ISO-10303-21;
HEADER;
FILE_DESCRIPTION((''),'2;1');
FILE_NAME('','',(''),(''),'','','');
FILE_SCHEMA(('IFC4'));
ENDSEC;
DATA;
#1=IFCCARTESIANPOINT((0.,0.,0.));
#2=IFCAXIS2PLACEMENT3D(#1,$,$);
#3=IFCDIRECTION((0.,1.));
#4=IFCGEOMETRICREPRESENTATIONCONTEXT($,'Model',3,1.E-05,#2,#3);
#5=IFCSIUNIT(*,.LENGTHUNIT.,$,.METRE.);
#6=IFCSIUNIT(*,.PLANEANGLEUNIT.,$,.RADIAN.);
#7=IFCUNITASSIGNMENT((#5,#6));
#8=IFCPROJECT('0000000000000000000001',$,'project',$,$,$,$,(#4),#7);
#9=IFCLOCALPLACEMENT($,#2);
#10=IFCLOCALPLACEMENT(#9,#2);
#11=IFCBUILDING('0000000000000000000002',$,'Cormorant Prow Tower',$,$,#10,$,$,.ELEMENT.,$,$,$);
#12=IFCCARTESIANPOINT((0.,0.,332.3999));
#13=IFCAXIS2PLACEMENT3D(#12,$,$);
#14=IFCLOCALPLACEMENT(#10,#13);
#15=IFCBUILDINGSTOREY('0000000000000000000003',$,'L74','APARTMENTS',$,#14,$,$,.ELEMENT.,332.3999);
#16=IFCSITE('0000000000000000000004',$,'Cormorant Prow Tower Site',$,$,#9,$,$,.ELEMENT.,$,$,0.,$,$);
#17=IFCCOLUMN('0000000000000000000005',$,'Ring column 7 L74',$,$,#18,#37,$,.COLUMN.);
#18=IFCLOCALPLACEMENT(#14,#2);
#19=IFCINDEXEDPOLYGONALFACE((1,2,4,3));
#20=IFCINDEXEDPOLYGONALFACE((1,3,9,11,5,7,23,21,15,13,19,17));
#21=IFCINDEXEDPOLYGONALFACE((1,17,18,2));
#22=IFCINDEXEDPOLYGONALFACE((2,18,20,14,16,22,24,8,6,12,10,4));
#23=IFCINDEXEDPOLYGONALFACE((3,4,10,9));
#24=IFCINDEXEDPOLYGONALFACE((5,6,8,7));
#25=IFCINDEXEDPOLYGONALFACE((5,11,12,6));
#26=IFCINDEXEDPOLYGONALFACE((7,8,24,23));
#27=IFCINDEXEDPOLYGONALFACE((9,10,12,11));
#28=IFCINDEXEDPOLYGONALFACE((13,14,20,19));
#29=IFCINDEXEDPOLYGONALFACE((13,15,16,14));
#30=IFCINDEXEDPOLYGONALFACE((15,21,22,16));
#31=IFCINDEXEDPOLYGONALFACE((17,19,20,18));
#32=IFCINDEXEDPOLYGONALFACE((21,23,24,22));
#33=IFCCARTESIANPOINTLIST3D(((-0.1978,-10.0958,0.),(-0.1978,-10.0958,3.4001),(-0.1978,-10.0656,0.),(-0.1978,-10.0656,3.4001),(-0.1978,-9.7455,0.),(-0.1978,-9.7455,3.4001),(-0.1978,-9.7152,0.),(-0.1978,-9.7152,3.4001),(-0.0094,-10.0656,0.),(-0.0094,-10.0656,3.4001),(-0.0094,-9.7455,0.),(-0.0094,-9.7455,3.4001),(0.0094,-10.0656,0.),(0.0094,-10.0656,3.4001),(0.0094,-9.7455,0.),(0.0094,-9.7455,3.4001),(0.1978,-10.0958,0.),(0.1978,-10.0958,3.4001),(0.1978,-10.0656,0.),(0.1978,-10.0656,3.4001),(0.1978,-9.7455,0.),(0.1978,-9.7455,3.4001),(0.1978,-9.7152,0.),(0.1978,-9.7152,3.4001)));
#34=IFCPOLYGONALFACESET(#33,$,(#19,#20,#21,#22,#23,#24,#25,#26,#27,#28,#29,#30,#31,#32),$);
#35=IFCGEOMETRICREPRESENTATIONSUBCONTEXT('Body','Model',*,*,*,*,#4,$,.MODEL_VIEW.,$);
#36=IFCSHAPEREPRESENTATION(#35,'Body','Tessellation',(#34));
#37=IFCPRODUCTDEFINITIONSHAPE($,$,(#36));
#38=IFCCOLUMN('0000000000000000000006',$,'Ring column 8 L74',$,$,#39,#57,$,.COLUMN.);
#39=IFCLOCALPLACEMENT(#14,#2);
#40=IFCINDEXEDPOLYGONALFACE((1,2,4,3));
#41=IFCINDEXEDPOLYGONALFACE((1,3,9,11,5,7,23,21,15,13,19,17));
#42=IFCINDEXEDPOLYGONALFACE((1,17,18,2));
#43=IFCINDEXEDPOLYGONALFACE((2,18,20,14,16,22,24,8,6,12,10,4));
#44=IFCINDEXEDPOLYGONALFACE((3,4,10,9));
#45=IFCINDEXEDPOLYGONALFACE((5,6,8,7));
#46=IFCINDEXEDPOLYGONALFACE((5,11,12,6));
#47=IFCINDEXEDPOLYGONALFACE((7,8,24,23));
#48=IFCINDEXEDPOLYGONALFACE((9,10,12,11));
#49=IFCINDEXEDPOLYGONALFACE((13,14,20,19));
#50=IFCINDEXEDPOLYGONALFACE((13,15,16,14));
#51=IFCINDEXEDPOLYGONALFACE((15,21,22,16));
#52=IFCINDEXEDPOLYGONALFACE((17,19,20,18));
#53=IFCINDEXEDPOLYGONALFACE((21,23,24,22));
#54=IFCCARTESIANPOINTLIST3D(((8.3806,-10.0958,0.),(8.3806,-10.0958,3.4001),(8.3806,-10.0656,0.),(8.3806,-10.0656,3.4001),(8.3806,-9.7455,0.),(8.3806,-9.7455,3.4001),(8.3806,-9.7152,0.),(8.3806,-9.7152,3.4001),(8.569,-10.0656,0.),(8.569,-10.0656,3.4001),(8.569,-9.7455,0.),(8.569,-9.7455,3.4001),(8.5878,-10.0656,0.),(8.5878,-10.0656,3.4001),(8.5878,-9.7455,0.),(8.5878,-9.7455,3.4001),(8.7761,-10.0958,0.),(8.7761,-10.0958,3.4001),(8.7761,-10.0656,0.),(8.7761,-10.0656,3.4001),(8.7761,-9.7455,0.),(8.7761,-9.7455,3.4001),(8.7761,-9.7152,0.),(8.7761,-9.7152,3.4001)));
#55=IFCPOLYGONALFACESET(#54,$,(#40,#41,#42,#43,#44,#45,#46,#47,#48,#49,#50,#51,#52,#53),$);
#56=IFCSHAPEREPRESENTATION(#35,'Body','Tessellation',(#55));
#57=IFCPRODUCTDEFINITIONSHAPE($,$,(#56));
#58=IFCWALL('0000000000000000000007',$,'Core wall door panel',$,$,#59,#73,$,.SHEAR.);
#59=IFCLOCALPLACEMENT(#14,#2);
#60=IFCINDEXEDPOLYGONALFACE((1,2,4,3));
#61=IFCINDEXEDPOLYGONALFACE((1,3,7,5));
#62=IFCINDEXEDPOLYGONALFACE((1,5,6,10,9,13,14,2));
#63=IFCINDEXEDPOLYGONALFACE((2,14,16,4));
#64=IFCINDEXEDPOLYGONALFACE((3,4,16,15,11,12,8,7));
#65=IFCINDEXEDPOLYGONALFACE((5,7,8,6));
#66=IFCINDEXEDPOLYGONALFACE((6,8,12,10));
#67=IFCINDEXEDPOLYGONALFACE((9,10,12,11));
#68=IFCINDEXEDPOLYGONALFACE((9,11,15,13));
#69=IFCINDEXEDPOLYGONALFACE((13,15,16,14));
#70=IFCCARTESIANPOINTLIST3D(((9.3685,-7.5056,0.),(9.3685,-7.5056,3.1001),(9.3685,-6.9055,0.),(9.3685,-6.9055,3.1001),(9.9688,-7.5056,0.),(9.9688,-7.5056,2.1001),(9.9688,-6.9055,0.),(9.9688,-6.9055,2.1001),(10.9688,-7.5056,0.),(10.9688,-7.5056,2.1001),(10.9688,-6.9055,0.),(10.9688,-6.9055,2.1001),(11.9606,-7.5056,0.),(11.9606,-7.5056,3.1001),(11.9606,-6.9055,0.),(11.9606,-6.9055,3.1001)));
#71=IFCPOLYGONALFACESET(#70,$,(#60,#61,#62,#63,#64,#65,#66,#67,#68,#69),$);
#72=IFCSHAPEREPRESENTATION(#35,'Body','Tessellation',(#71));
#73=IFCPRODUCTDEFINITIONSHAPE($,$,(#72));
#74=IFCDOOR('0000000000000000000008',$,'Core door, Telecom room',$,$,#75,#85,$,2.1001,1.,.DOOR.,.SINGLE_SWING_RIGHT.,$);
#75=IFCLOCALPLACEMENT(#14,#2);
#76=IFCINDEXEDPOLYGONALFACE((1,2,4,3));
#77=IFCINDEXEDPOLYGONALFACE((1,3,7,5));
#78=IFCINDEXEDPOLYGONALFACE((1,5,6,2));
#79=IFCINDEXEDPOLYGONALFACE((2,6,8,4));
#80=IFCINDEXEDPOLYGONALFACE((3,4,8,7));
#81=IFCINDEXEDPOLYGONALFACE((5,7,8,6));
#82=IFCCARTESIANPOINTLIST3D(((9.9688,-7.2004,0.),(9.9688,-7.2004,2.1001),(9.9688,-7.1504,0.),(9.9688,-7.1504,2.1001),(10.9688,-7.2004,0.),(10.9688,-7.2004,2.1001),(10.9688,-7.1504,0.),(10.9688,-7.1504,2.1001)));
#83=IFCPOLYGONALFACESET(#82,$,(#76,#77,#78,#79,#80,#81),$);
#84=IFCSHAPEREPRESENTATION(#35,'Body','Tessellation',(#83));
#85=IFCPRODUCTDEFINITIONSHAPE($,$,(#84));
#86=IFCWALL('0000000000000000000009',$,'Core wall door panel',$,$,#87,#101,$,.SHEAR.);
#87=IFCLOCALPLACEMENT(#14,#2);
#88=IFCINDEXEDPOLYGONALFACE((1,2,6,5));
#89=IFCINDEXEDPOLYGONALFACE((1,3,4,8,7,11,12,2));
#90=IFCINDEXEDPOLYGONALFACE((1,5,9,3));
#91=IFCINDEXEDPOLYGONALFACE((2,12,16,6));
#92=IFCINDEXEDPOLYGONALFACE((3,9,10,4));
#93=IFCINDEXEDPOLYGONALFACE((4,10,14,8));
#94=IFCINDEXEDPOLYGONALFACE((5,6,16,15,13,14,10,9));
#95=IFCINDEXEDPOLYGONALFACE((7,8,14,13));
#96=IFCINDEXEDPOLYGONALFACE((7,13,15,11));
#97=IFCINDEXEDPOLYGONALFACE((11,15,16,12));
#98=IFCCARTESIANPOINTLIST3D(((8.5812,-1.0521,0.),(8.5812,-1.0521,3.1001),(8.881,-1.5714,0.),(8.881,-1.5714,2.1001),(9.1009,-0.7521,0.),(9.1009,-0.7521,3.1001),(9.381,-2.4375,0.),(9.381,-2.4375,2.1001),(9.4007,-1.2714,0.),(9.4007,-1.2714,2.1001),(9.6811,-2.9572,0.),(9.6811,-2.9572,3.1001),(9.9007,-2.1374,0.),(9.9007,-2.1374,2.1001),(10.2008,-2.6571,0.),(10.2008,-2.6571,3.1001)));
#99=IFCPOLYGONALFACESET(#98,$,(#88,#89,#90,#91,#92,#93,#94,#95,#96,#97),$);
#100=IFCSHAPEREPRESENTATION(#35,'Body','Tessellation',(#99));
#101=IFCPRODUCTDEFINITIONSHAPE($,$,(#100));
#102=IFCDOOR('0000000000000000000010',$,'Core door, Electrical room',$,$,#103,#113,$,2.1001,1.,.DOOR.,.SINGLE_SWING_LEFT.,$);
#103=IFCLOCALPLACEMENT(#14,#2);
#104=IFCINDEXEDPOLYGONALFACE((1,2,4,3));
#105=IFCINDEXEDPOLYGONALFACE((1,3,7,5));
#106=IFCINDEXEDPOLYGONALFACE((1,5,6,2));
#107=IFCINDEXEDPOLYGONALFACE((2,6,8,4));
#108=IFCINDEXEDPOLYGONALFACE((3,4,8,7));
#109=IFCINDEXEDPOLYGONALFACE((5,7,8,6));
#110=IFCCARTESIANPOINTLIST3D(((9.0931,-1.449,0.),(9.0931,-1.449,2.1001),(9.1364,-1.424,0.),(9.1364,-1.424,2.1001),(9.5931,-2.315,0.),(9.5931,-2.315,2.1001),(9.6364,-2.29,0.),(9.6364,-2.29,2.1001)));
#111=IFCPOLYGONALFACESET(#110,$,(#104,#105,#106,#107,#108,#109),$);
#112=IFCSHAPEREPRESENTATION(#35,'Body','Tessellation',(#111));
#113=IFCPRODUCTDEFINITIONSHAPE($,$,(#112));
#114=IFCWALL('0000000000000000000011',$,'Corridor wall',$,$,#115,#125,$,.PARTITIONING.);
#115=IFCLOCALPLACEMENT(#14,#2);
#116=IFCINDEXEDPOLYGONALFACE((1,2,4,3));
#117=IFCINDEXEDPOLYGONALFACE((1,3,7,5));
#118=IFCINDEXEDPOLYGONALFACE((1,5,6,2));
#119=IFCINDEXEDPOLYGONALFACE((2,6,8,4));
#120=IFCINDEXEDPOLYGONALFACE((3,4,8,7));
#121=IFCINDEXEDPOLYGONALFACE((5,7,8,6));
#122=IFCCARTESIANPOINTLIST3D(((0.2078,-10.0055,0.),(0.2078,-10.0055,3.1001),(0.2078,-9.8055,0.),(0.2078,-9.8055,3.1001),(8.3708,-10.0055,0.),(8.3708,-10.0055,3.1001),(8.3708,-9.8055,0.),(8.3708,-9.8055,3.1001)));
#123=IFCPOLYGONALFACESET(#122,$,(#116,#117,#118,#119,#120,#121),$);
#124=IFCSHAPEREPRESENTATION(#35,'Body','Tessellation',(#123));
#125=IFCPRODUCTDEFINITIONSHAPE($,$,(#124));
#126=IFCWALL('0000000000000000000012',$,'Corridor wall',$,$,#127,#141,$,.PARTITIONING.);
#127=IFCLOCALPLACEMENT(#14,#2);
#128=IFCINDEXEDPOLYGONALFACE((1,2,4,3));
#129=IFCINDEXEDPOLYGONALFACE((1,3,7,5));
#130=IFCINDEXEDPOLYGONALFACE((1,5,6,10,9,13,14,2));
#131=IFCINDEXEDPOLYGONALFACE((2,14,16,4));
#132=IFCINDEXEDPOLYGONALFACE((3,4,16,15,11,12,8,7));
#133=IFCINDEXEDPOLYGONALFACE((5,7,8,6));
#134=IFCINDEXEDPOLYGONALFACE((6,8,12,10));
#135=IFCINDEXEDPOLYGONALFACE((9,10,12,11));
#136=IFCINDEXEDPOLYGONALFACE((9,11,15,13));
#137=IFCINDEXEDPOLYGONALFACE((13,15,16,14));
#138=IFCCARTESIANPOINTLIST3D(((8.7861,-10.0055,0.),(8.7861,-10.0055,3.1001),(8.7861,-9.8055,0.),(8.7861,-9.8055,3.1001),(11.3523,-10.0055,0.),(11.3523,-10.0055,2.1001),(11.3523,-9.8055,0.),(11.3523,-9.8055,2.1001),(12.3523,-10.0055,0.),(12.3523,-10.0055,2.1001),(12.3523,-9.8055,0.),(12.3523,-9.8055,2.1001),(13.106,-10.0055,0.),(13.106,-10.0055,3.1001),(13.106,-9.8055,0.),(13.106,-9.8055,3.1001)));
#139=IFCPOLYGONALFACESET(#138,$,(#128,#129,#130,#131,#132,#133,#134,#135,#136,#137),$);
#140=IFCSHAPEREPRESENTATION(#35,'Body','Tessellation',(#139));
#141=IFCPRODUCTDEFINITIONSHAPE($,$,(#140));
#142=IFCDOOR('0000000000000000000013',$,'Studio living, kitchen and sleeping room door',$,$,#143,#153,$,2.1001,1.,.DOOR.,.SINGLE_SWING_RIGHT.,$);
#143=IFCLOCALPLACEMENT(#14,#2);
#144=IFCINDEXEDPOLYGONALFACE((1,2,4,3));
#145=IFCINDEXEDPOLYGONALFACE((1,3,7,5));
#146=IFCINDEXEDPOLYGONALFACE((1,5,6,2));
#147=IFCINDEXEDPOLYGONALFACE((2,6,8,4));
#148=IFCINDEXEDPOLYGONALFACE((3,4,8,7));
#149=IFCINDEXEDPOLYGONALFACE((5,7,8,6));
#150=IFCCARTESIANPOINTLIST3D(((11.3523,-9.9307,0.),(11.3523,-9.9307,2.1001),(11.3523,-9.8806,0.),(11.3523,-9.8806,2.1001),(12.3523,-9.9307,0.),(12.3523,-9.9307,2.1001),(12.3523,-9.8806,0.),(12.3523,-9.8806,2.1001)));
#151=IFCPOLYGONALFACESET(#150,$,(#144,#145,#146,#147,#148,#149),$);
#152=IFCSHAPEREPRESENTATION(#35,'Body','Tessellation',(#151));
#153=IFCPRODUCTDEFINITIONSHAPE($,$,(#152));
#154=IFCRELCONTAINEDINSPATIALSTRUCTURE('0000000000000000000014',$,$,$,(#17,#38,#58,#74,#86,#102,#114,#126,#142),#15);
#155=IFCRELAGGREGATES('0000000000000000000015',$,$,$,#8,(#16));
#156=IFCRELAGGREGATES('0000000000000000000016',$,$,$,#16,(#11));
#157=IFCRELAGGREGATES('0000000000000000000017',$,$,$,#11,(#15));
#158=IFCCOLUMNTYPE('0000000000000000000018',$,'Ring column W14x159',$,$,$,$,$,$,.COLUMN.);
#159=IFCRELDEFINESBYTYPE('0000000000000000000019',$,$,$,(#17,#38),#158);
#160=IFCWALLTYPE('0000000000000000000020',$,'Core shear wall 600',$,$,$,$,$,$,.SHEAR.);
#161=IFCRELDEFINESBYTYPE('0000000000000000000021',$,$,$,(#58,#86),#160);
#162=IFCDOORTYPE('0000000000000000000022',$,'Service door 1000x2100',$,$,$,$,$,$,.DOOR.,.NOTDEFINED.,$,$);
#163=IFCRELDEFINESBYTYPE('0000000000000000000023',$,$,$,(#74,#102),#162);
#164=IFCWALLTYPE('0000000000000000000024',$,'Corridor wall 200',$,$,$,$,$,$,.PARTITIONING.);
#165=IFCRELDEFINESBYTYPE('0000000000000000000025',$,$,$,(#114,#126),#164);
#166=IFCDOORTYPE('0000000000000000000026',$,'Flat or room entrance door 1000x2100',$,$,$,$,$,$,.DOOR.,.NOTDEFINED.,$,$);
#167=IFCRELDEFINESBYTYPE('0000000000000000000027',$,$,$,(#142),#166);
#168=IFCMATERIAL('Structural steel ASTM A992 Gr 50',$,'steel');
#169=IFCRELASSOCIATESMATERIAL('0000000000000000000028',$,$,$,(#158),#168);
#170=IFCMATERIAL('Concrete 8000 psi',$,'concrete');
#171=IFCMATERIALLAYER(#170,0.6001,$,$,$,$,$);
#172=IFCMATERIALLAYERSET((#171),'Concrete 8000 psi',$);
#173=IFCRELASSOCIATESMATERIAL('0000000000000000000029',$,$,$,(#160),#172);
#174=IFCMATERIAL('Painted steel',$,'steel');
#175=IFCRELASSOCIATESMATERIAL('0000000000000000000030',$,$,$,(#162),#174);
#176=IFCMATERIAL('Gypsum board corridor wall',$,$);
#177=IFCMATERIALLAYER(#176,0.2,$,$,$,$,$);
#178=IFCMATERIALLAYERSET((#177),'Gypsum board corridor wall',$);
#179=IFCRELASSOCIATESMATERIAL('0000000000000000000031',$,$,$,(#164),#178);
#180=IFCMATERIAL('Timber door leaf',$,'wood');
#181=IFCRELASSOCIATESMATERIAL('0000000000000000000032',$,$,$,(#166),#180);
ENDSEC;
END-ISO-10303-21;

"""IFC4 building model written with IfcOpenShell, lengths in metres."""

from ifc_helpers import new_model, si_unit, direction, frame, frame_2d, origin, origin_2d, place, context, subcontext, project, spatial, rectangle, i_section, extrude, material, layer, layer_set, material_profile, profile_set, type_object, element, fill, save


model = new_model("IFC4")

# Units and contexts
model_context = context("Model", 3, precision=1e-05, world=origin(), true_north=direction((0.0, 1.0)))
body_context = subcontext(model_context, "Body", "Model", "MODEL_VIEW")
ifc_project = project(units=[si_unit("LENGTHUNIT", "METRE"), si_unit("PLANEANGLEUNIT", "RADIAN")], contexts=[model_context])

# Site, building, storey
site_placement = place(None, origin())
site = spatial("IfcSite", under=ifc_project, at=site_placement, Name="Cormorant Prow Tower Site", CompositionType="ELEMENT", RefElevation=0.0)
building_placement = place(site_placement, origin())
building = spatial("IfcBuilding", under=site, at=building_placement, Name="Cormorant Prow Tower", CompositionType="ELEMENT")
storey_placement = place(building_placement, frame((0.0, 0.0, 332.3999)))
storey = spatial("IfcBuildingStorey", under=building, at=storey_placement, Name="L74", Description="APARTMENTS", CompositionType="ELEMENT", Elevation=332.3999)

# Columns
ifc_material_1 = material(Name="Structural steel ASTM A992 Gr 50", Category="steel")
ifc_material_profile = material_profile(ifc_material_1, i_section(OverallWidth=0.3955, OverallDepth=0.3806, WebThickness=0.0188, FlangeThickness=0.0303, at=origin_2d()), Name="W14x159")
ifc_profile_set = profile_set([ifc_material_profile], Name="Structural steel ASTM A992 Gr 50")
column_type = type_object("IfcColumnType", Name="Ring column W14x159", PredefinedType="COLUMN", material=ifc_profile_set)
for number, where, z_axis, x_axis, name in (
    (1, (0.0, -9.9055, 0.0), (0.0, 0.0, 1.0), (1.0, 0.0, 0.0), "Ring column 7 L74"),
    (2, (8.5784, -9.9055, 0.0), (0.0, 0.0, 1.0), (1.0, 0.0, 0.0), "Ring column 8 L74"),
):
    element("IfcColumn", number, at=place(storey_placement, frame(where, z_axis=z_axis, x_axis=x_axis)), inside=storey, type_object=column_type, Name=name, PredefinedType="COLUMN", context=body_context, shape_type="SweptSolid", body=[
        extrude(i_section(OverallWidth=0.3955, OverallDepth=0.3806, WebThickness=0.0188, FlangeThickness=0.0303, at=origin_2d()), origin(), (0.0, 0.0, 1.0), 3.4001),
    ])

# Walls, openings, doors
ifc_material_2 = material(Name="Concrete 8000 psi", Category="concrete")
ifc_layer_1 = layer(ifc_material_2, 0.6001)
ifc_layer_set_1 = layer_set([ifc_layer_1], Name="Concrete 8000 psi")
wall_type_1 = type_object("IfcWallType", Name="Core shear wall 600", PredefinedType="SHEAR", material=ifc_layer_set_1)
wall_1_placement = place(storey_placement, frame((9.3687, -7.2056, 0.0), z_axis=(0.0, 0.0, 1.0), x_axis=(1.0, 0.0, 0.0)))
wall_1 = element("IfcWall", 3, at=wall_1_placement, inside=storey, type_object=wall_type_1, Name="Core wall door panel", PredefinedType="SHEAR", context=body_context, shape_type="SweptSolid", body=[
    extrude(rectangle(XDim=2.592, YDim=0.6001, at=frame_2d((1.2959, 0.0))), origin(), (0.0, 0.0, 1.0), 3.1001),
])
opening_1_placement = place(wall_1_placement, frame((0.6001, 0.0, 0.0)))
opening_1 = element("IfcOpeningElement", 4, at=opening_1_placement, cuts=wall_1, PredefinedType="OPENING", context=body_context, shape_type="SweptSolid", body=[
    extrude(rectangle(XDim=1.0, YDim=2.1001, at=frame_2d((0.5, 1.05))), frame((0.0, 0.3101, 0.0), z_axis=(0.0, -1.0, 0.0), x_axis=(1.0, 0.0, 0.0)), (0.0, 0.0, 1.0), 0.6201),
])
ifc_material_3 = material(Name="Painted steel", Category="steel")
door_type_1 = type_object("IfcDoorType", Name="Service door 1000x2100", OperationType="NOTDEFINED", PredefinedType="DOOR", material=ifc_material_3)
door_1_placement = place(opening_1_placement, origin())
door_1 = element("IfcDoor", 5, at=door_1_placement, inside=storey, type_object=door_type_1, Name="Core door, Telecom room", OperationType="SINGLE_SWING_RIGHT", OverallHeight=2.1001, OverallWidth=1.0, PredefinedType="DOOR", context=body_context, shape_type="SweptSolid", body=[
    extrude(rectangle(XDim=1.0, YDim=2.1001, at=frame_2d((0.5, 1.05))), frame((0.0, 0.0552, 0.0), z_axis=(0.0, -1.0, 0.0), x_axis=(1.0, 0.0, 0.0)), (0.0, 0.0, 1.0), 0.05),
])
fill(opening_1, door_1)
wall_2_placement = place(storey_placement, frame((9.9409, -2.8071, 0.0), z_axis=(0.0, 0.0, 1.0), x_axis=(-0.499995, 0.866028, 0.0)))
wall_2 = element("IfcWall", 6, at=wall_2_placement, inside=storey, type_object=wall_type_1, Name="Core wall door panel", PredefinedType="SHEAR", context=body_context, shape_type="SweptSolid", body=[
    extrude(rectangle(XDim=2.1997, YDim=0.6001, at=frame_2d((1.0999, 0.0))), origin(), (0.0, 0.0, 1.0), 3.1001),
])
opening_2_placement = place(wall_2_placement, frame((0.6001, 0.0, 0.0)))
opening_2 = element("IfcOpeningElement", 7, at=opening_2_placement, cuts=wall_2, PredefinedType="OPENING", context=body_context, shape_type="SweptSolid", body=[
    extrude(rectangle(XDim=1.0, YDim=2.1001, at=frame_2d((0.5, 1.05))), frame((0.0, 0.3101, 0.0), z_axis=(0.0, -1.0, 0.0), x_axis=(1.0, 0.0, 0.0)), (0.0, 0.0, 1.0), 0.6201),
])
door_2_placement = place(opening_2_placement, origin())
door_2 = element("IfcDoor", 8, at=door_2_placement, inside=storey, type_object=door_type_1, Name="Core door, Electrical room", OperationType="SINGLE_SWING_LEFT", OverallHeight=2.1001, OverallWidth=1.0, PredefinedType="DOOR", context=body_context, shape_type="SweptSolid", body=[
    extrude(rectangle(XDim=1.0, YDim=2.1001, at=frame_2d((0.5, 1.05))), frame((0.0, 0.0552, 0.0), z_axis=(0.0, -1.0, 0.0), x_axis=(1.0, 0.0, 0.0)), (0.0, 0.0, 1.0), 0.05),
])
fill(opening_2, door_2)

# Wall
ifc_material_4 = material(Name="Gypsum board corridor wall")
ifc_layer_2 = layer(ifc_material_4, 0.2)
ifc_layer_set_2 = layer_set([ifc_layer_2], Name="Gypsum board corridor wall")
wall_type_2 = type_object("IfcWallType", Name="Corridor wall 200", PredefinedType="PARTITIONING", material=ifc_layer_set_2)
wall_3_placement = place(storey_placement, frame((0.2078, -9.9055, 0.0), z_axis=(0.0, 0.0, 1.0), x_axis=(1.0, 0.0, 0.0)))
element("IfcWall", 9, at=wall_3_placement, inside=storey, type_object=wall_type_2, Name="Corridor wall", PredefinedType="PARTITIONING", context=body_context, shape_type="SweptSolid", body=[
    extrude(rectangle(XDim=8.1631, YDim=0.2, at=frame_2d((4.0815, 0.0))), origin(), (0.0, 0.0, 1.0), 3.1001),
])

# Wall, opening, door
wall_4_placement = place(storey_placement, frame((8.7861, -9.9055, 0.0), z_axis=(0.0, 0.0, 1.0), x_axis=(1.0, 0.0, 0.0)))
wall_4 = element("IfcWall", 10, at=wall_4_placement, inside=storey, type_object=wall_type_2, Name="Corridor wall", PredefinedType="PARTITIONING", context=body_context, shape_type="SweptSolid", body=[
    extrude(rectangle(XDim=4.3198, YDim=0.2, at=frame_2d((2.1599, 0.0))), origin(), (0.0, 0.0, 1.0), 3.1001),
])
opening_3_placement = place(wall_4_placement, frame((2.5662, 0.0, 0.0)))
opening_3 = element("IfcOpeningElement", 11, at=opening_3_placement, cuts=wall_4, PredefinedType="OPENING", context=body_context, shape_type="SweptSolid", body=[
    extrude(rectangle(XDim=1.0, YDim=2.1001, at=frame_2d((0.5, 1.05))), frame((0.0, 0.1099, 0.0), z_axis=(0.0, -1.0, 0.0), x_axis=(1.0, 0.0, 0.0)), (0.0, 0.0, 1.0), 0.22),
])
ifc_material_5 = material(Name="Timber door leaf", Category="wood")
door_type_2 = type_object("IfcDoorType", Name="Flat or room entrance door 1000x2100", OperationType="NOTDEFINED", PredefinedType="DOOR", material=ifc_material_5)
door_3_placement = place(opening_3_placement, origin())
door_3 = element("IfcDoor", 12, at=door_3_placement, inside=storey, type_object=door_type_2, Name="Studio living, kitchen and sleeping room door", OperationType="SINGLE_SWING_RIGHT", OverallHeight=2.1001, OverallWidth=1.0, PredefinedType="DOOR", context=body_context, shape_type="SweptSolid", body=[
    extrude(rectangle(XDim=1.0, YDim=2.1001, at=frame_2d((0.5, 1.05))), frame((0.0, 0.0249, 0.0), z_axis=(0.0, -1.0, 0.0), x_axis=(1.0, 0.0, 0.0)), (0.0, 0.0, 1.0), 0.05),
])
fill(opening_3, door_3)

save(model, "model.ifc")
